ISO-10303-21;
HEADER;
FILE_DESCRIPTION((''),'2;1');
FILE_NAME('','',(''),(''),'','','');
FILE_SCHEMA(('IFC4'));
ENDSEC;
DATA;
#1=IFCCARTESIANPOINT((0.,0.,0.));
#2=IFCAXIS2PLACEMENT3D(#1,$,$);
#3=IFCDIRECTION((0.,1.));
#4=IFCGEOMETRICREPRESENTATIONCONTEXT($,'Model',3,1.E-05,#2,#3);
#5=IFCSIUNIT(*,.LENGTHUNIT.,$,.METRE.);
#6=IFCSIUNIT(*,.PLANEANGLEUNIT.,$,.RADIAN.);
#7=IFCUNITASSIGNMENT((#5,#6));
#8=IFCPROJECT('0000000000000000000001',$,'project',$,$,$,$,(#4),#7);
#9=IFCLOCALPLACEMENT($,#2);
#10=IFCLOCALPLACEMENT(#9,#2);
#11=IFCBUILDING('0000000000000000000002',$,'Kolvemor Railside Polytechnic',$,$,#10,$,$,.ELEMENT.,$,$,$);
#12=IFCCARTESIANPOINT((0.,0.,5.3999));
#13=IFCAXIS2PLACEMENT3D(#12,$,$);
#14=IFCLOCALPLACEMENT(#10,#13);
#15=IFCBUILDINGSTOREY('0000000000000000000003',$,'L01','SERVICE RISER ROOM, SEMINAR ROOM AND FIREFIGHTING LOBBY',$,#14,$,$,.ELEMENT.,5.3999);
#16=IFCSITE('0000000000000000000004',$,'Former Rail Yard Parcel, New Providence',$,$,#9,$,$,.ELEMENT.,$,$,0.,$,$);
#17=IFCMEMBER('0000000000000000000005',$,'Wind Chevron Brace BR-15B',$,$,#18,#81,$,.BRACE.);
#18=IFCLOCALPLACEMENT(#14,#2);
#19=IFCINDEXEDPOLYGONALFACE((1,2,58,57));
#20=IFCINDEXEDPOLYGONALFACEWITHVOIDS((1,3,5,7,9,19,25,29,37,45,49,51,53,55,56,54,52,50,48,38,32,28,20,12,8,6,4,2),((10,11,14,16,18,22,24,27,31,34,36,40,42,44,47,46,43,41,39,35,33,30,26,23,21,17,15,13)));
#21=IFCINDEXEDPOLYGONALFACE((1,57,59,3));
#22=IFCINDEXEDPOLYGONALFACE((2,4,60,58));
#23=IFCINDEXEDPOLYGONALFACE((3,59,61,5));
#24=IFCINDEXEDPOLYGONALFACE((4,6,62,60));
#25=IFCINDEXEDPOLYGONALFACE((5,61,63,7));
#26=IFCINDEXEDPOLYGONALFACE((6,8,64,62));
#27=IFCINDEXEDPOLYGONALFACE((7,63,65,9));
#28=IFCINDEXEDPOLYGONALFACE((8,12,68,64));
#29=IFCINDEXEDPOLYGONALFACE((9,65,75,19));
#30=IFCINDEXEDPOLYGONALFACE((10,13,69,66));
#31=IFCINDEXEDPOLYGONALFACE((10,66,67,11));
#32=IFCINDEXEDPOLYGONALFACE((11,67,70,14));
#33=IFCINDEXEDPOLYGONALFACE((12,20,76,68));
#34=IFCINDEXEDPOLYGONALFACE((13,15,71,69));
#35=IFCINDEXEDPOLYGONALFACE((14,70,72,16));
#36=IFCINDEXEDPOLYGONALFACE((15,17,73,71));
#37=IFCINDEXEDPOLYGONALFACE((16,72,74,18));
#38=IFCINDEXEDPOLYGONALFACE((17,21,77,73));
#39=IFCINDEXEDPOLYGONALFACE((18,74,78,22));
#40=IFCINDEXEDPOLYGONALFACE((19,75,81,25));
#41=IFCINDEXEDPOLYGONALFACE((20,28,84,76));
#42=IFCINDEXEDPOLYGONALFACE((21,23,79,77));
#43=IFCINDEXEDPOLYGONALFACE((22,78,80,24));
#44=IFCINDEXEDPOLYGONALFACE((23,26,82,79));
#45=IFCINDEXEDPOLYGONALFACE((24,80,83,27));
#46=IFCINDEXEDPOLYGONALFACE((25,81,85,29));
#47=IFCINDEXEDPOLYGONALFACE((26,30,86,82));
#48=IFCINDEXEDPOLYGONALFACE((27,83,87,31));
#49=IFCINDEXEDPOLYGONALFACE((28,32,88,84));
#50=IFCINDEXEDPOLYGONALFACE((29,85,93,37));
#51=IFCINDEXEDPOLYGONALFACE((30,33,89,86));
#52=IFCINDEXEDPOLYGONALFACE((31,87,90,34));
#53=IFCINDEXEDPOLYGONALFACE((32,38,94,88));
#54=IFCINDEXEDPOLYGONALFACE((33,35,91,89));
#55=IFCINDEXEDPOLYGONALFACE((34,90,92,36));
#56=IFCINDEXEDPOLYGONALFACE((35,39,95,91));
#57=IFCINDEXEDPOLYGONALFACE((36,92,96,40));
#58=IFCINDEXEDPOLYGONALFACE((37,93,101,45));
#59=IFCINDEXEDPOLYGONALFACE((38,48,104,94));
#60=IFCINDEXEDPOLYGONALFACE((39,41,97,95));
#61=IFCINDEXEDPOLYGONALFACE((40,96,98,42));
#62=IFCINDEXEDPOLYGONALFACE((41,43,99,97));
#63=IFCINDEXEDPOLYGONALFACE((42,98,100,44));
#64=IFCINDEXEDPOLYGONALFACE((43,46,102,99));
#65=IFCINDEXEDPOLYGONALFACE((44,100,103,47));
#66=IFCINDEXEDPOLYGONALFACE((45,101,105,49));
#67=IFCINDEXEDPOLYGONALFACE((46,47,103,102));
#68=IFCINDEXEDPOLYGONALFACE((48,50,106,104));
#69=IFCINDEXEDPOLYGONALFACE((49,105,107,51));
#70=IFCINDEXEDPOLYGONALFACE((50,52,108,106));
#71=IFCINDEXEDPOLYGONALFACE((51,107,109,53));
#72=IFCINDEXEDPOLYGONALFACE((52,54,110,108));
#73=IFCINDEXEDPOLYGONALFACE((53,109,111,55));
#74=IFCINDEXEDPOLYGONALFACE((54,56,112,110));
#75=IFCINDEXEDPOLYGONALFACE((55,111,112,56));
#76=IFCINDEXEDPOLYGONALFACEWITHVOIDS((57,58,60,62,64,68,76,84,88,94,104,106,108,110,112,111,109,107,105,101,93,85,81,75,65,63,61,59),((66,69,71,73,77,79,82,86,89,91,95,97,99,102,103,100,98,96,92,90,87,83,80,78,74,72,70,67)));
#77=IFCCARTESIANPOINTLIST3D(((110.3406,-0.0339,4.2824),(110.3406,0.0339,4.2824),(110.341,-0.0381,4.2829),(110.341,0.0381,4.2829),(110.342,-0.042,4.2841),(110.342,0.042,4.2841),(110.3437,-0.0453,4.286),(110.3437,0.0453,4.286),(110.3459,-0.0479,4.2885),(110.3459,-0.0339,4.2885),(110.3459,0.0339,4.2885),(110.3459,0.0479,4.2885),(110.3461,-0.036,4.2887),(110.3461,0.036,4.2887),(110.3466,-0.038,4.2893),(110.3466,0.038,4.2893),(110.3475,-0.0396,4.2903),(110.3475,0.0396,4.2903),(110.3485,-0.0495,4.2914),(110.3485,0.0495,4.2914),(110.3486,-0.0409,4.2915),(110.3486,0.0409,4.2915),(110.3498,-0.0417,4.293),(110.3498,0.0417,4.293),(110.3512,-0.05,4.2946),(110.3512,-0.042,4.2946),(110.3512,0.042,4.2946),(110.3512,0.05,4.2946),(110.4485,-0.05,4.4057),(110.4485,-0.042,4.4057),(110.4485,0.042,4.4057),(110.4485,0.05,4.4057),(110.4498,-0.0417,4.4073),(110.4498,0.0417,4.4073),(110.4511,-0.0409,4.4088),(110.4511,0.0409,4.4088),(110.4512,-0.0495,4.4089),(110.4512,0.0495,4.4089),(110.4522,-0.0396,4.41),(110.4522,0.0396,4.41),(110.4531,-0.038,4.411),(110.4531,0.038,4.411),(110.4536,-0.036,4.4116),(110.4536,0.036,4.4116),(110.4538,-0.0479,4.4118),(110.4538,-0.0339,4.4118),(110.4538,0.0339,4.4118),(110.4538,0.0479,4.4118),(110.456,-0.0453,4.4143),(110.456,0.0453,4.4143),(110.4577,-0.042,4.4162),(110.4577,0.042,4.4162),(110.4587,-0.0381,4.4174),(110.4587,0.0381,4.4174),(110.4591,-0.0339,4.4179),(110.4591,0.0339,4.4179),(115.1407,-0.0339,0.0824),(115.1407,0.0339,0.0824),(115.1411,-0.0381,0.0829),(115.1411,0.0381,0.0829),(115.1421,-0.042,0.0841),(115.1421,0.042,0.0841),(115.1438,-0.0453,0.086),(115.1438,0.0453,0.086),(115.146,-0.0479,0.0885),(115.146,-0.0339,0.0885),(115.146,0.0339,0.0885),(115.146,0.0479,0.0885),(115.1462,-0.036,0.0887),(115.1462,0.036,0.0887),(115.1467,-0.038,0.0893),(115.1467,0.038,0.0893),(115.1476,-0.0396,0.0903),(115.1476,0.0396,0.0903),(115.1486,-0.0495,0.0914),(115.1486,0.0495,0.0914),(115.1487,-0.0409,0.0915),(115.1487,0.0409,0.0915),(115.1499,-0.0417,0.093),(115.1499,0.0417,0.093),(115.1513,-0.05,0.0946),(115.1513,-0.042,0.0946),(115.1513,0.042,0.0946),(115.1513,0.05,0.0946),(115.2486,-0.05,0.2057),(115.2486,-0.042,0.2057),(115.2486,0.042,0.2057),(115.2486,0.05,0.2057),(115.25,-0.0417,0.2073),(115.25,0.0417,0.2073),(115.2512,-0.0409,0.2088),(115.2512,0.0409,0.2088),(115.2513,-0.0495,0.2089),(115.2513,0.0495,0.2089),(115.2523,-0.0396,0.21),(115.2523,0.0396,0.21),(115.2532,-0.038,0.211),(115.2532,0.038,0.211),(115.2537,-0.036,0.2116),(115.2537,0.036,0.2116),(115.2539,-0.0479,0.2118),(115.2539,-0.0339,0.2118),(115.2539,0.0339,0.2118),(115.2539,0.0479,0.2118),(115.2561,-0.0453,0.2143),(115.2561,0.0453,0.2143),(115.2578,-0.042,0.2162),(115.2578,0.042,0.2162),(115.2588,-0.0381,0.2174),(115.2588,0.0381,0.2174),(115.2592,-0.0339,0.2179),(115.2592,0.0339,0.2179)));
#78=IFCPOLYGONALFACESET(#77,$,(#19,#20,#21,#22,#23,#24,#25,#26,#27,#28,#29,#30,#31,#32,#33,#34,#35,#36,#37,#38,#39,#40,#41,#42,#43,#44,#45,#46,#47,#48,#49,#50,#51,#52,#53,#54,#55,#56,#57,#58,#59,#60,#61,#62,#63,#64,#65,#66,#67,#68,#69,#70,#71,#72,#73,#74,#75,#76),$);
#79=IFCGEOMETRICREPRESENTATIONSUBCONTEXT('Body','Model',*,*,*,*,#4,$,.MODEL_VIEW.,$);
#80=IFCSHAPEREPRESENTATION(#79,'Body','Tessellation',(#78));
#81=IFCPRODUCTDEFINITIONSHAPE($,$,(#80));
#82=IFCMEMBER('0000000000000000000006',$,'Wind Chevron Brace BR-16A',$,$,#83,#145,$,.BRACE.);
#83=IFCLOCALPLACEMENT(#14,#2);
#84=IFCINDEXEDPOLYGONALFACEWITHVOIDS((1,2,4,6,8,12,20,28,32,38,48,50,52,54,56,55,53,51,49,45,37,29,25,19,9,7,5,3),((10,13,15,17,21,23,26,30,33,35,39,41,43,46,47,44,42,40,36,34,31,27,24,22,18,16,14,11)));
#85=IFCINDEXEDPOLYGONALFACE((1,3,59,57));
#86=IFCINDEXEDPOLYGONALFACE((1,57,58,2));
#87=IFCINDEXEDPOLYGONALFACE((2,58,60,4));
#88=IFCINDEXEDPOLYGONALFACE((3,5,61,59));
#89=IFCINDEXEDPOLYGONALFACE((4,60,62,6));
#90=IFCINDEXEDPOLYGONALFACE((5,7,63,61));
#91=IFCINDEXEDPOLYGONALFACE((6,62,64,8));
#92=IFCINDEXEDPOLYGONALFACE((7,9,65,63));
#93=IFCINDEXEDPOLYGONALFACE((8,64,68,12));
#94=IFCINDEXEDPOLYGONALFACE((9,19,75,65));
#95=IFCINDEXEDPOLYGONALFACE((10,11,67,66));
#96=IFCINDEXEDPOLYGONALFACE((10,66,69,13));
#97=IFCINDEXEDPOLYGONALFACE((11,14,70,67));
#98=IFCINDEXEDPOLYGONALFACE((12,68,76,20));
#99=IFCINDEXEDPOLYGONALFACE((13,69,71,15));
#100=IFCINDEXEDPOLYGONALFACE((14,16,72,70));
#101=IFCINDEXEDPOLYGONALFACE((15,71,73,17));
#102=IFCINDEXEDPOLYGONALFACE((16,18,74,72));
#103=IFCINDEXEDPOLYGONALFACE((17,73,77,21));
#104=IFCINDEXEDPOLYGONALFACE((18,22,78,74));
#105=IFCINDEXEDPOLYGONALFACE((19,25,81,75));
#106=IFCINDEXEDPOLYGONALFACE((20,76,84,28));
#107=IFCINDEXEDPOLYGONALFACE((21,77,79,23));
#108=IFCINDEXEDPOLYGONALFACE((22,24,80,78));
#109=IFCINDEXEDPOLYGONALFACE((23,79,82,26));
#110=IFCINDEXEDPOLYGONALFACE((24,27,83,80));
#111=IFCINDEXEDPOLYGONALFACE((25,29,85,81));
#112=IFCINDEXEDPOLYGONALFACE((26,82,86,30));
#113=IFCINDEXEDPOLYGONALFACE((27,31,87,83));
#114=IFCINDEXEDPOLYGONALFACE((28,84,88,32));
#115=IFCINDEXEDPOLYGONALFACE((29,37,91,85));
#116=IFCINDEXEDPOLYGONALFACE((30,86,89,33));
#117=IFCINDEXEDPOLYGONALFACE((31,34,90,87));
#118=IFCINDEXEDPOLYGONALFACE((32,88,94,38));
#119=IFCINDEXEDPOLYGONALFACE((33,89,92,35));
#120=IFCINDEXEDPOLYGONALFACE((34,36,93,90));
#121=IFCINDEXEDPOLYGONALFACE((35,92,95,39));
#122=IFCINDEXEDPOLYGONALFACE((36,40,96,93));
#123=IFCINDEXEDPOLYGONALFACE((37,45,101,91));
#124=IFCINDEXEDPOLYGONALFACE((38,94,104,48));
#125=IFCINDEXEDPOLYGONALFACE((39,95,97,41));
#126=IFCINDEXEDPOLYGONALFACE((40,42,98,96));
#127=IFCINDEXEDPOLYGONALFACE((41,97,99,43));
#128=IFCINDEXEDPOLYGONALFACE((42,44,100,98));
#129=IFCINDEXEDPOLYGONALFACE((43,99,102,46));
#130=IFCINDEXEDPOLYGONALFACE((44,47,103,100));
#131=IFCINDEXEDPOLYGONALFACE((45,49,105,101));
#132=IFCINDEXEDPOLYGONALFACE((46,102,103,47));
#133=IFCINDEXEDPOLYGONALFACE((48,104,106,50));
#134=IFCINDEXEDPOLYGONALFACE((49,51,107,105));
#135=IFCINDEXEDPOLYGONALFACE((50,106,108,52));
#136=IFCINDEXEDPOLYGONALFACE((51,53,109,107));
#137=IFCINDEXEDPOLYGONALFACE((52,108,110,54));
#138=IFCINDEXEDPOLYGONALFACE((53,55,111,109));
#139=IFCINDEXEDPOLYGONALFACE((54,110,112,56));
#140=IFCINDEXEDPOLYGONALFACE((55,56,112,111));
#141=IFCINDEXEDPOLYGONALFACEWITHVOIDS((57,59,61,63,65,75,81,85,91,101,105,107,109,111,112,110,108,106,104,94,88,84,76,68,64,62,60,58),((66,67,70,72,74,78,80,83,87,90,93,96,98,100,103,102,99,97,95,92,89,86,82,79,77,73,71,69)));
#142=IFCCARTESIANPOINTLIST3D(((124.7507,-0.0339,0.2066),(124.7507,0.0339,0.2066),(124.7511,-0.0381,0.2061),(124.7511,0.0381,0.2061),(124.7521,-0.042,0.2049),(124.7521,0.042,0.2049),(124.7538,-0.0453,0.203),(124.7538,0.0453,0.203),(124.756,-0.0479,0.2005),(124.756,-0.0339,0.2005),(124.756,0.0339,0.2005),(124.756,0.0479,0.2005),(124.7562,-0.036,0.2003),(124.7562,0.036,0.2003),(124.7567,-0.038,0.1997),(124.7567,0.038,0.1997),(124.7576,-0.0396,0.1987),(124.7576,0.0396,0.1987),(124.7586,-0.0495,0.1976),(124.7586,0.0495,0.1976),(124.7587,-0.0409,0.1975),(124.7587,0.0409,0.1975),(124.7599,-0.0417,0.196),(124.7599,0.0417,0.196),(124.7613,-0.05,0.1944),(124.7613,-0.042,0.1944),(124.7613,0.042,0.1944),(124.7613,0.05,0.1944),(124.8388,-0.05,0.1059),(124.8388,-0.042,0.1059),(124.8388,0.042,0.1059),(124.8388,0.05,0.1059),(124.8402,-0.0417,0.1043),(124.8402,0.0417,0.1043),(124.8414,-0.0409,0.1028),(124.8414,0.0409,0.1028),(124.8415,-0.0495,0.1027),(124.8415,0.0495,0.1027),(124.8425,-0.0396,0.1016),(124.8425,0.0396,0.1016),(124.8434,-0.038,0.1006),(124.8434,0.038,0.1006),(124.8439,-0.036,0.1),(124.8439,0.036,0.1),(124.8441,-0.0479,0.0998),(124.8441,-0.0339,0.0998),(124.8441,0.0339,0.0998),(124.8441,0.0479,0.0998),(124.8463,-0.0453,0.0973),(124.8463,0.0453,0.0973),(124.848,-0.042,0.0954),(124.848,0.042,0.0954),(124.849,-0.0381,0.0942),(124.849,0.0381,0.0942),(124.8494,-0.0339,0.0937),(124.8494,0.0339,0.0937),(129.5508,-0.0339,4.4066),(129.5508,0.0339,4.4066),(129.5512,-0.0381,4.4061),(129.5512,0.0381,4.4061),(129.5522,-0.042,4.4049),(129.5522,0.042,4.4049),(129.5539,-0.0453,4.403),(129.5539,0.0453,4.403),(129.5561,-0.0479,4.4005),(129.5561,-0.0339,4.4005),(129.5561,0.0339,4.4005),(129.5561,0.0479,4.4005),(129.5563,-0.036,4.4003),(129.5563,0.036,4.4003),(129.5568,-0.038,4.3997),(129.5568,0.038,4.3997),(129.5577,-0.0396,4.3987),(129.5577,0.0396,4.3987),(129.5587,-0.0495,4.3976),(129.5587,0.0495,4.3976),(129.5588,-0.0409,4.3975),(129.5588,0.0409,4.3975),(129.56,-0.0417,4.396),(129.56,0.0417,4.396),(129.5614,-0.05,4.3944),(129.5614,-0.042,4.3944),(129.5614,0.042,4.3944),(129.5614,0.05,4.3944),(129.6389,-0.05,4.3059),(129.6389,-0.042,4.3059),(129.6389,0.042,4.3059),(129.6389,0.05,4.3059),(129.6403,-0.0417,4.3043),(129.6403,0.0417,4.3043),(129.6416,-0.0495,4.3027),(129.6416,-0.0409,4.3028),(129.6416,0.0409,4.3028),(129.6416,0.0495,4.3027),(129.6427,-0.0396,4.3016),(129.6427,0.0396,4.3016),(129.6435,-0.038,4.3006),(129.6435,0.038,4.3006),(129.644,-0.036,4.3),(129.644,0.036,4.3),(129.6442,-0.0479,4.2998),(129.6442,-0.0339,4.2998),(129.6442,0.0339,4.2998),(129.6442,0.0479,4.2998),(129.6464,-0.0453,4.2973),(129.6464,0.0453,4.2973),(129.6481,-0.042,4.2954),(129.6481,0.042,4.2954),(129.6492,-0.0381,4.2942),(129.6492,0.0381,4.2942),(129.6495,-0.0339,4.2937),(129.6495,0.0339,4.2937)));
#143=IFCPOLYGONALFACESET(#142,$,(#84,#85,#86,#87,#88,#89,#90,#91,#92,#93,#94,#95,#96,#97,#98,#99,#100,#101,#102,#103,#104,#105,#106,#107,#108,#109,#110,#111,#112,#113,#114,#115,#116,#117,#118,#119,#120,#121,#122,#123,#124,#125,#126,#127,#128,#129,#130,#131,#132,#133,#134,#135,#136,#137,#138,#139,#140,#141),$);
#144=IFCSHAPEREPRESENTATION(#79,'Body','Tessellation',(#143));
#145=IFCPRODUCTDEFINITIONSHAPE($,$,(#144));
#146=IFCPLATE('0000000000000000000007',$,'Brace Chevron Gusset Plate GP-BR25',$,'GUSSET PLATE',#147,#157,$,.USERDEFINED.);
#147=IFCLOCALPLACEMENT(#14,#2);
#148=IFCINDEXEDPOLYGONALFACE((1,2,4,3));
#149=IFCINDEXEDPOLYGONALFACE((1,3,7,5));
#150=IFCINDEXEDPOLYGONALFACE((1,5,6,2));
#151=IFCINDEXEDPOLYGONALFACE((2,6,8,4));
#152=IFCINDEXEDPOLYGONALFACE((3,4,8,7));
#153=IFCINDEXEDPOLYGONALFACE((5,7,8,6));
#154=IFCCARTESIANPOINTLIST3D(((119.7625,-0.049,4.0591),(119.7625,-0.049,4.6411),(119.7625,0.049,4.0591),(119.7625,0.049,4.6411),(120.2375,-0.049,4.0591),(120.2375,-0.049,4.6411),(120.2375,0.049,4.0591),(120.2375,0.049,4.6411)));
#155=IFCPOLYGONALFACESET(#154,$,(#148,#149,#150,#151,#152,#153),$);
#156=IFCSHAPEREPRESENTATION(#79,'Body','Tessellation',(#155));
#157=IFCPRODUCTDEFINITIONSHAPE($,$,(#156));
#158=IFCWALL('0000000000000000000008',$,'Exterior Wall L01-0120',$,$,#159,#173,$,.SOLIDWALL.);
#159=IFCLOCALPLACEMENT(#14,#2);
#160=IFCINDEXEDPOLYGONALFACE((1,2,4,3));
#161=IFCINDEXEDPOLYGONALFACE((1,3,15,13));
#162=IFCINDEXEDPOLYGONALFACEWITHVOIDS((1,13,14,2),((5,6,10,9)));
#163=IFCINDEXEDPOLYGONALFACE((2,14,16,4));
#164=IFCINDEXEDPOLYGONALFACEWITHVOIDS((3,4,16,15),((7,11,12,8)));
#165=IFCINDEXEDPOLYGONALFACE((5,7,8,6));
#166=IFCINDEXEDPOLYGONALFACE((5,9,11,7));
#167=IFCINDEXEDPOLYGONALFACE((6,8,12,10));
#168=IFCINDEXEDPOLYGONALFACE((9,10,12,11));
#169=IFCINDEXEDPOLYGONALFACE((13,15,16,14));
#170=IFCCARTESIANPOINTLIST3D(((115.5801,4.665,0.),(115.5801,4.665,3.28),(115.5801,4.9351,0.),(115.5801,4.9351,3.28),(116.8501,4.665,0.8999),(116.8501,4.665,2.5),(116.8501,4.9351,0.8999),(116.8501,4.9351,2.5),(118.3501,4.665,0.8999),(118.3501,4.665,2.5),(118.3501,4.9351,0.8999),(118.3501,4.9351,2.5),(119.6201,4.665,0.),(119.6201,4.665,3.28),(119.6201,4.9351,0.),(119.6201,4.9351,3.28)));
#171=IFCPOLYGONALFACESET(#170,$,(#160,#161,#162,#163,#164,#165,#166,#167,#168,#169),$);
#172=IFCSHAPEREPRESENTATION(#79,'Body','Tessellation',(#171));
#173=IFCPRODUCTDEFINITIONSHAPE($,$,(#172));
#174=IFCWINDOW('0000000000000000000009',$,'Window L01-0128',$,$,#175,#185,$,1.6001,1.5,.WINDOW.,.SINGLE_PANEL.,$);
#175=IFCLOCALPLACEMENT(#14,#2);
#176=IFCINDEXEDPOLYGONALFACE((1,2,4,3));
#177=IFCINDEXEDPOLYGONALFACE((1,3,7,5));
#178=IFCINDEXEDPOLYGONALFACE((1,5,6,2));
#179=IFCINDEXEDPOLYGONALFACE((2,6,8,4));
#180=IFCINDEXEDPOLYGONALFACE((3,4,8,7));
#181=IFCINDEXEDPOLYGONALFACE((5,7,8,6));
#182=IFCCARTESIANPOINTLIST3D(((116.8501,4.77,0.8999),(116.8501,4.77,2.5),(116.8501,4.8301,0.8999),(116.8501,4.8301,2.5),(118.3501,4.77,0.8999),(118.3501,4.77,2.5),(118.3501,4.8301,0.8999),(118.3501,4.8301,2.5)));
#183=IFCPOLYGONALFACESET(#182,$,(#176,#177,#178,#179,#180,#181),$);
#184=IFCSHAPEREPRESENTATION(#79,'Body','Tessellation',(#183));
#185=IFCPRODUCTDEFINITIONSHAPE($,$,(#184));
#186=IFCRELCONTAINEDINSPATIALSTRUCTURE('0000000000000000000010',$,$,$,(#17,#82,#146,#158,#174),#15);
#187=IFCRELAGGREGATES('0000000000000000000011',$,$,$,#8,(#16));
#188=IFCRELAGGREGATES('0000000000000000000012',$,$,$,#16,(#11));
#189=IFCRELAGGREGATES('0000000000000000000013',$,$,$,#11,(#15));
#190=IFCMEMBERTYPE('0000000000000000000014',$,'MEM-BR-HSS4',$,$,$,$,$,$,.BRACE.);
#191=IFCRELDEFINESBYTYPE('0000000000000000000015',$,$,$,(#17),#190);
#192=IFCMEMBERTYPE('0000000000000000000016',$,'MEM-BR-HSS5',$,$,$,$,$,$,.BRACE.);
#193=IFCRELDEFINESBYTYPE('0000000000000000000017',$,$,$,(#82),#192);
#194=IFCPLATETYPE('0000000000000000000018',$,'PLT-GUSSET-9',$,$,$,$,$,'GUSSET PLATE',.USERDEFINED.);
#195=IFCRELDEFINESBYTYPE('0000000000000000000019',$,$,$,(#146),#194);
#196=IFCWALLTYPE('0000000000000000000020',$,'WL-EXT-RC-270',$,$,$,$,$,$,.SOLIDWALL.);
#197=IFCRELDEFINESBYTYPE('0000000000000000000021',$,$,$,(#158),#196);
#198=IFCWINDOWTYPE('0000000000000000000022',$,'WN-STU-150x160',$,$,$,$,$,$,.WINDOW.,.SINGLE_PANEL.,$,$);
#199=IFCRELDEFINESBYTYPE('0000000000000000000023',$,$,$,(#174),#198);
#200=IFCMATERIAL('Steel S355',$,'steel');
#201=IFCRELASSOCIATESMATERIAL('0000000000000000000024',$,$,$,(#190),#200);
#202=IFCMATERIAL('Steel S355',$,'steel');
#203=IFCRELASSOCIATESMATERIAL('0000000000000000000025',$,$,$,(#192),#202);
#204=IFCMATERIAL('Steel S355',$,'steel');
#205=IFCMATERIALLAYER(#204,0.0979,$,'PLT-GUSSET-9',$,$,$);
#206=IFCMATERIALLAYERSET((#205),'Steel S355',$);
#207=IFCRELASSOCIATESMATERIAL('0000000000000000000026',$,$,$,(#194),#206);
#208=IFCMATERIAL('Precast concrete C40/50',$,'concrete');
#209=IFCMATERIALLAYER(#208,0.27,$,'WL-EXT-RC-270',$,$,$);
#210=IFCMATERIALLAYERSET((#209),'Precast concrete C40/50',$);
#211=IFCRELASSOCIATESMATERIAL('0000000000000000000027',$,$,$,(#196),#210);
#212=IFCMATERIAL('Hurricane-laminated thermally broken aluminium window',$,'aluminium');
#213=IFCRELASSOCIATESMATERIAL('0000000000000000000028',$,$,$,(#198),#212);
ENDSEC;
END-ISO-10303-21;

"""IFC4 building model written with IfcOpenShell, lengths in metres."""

from ifc_helpers import new_model, si_unit, direction, frame, frame_2d, origin, origin_2d, place, context, subcontext, project, spatial, rectangle, hollow_rectangle, extrude, material, layer, layer_set, material_profile, profile_set, type_object, element, fill, save


model = new_model("IFC4")

# Units and contexts
model_context = context("Model", 3, precision=1e-05, world=origin(), true_north=direction((0.0, 1.0)))
body_context = subcontext(model_context, "Body", "Model", "MODEL_VIEW")
ifc_project = project(units=[si_unit("LENGTHUNIT", "METRE"), si_unit("PLANEANGLEUNIT", "RADIAN")], contexts=[model_context])

# Site, building, storey
site_placement = place(None, origin())
site = spatial("IfcSite", under=ifc_project, at=site_placement, Name="Former Rail Yard Parcel, New Providence", CompositionType="ELEMENT", RefElevation=0.0)
building_placement = place(site_placement, origin())
building = spatial("IfcBuilding", under=site, at=building_placement, Name="Kolvemor Railside Polytechnic", CompositionType="ELEMENT")
storey_placement = place(building_placement, frame((0.0, 0.0, 5.3999)))
storey = spatial("IfcBuildingStorey", under=building, at=storey_placement, Name="L01", Description="SERVICE RISER ROOM, SEMINAR ROOM AND FIREFIGHTING LOBBY", CompositionType="ELEMENT", Elevation=5.3999)

# Members
ifc_material_1 = material(Name="Steel S355", Category="steel")
ifc_material_profile_1 = material_profile(ifc_material_1, hollow_rectangle(XDim=0.1001, YDim=0.1799, WallThickness=0.0081, InnerFilletRadius=0.0081, OuterFilletRadius=0.0161, at=origin_2d()), Name="HSS180x100x8")
ifc_profile_set_1 = profile_set([ifc_material_profile_1], Name="Steel S355")
member_type_1 = type_object("IfcMemberType", Name="MEM-BR-HSS4", PredefinedType="BRACE", material=ifc_profile_set_1)
member_1_placement = place(storey_placement, frame((115.2, 0.0, 0.1501), z_axis=(-0.752584, 0.0, 0.658496), x_axis=(0.0, -1.0, 0.0)))
element("IfcMember", 1, at=member_1_placement, inside=storey, type_object=member_type_1, Name="Wind Chevron Brace BR-15B", PredefinedType="BRACE", context=body_context, shape_type="SweptSolid", body=[
    extrude(hollow_rectangle(XDim=0.1001, YDim=0.1799, WallThickness=0.0081, InnerFilletRadius=0.0081, OuterFilletRadius=0.0161, at=origin_2d()), origin(), (0.0, 0.0, 1.0), 6.3782),
])
ifc_material_2 = material(Name="Steel S355", Category="steel")
ifc_material_profile_2 = material_profile(ifc_material_2, hollow_rectangle(XDim=0.1001, YDim=0.1499, WallThickness=0.0081, InnerFilletRadius=0.0081, OuterFilletRadius=0.0161, at=origin_2d()), Name="HSS150x100x8")
ifc_profile_set_2 = profile_set([ifc_material_profile_2], Name="Steel S355")
member_type_2 = type_object("IfcMemberType", Name="MEM-BR-HSS5", PredefinedType="BRACE", material=ifc_profile_set_2)
member_2_placement = place(storey_placement, frame((124.8, 0.0, 0.1501), z_axis=(0.752584, 0.0, 0.658496), x_axis=(0.0, 1.0, 0.0)))
element("IfcMember", 2, at=member_2_placement, inside=storey, type_object=member_type_2, Name="Wind Chevron Brace BR-16A", PredefinedType="BRACE", context=body_context, shape_type="SweptSolid", body=[
    extrude(hollow_rectangle(XDim=0.1001, YDim=0.1499, WallThickness=0.0081, InnerFilletRadius=0.0081, OuterFilletRadius=0.0161, at=origin_2d()), origin(), (0.0, 0.0, 1.0), 6.3782),
])

# Plate
ifc_material_3 = material(Name="Steel S355", Category="steel")
ifc_layer_1 = layer(ifc_material_3, 0.0979, Name="PLT-GUSSET-9")
ifc_layer_set_1 = layer_set([ifc_layer_1], Name="Steel S355")
plate_type = type_object("IfcPlateType", Name="PLT-GUSSET-9", ElementType="GUSSET PLATE", PredefinedType="USERDEFINED", material=ifc_layer_set_1)
plate_placement = place(storey_placement, frame((120.0, 0.0, 4.0591), z_axis=(0.0, 0.0, 1.0), x_axis=(1.0, 0.0, 0.0)))
element("IfcPlate", 3, at=plate_placement, inside=storey, type_object=plate_type, Name="Brace Chevron Gusset Plate GP-BR25", ObjectType="GUSSET PLATE", PredefinedType="USERDEFINED", context=body_context, shape_type="SweptSolid", body=[
    extrude(rectangle(XDim=0.4751, YDim=0.0979, at=origin_2d()), origin(), (0.0, 0.0, 1.0), 0.582),
])

# Wall, opening, window
ifc_material_4 = material(Name="Precast concrete C40/50", Category="concrete")
ifc_layer_2 = layer(ifc_material_4, 0.27, Name="WL-EXT-RC-270")
ifc_layer_set_2 = layer_set([ifc_layer_2], Name="Precast concrete C40/50")
wall_type = type_object("IfcWallType", Name="WL-EXT-RC-270", PredefinedType="SOLIDWALL", material=ifc_layer_set_2)
wall_1_placement = place(storey_placement, frame((115.5801, 4.8, 0.0), z_axis=(0.0, 0.0, 1.0), x_axis=(1.0, 0.0, 0.0)))
wall_1 = element("IfcWall", 4, at=wall_1_placement, inside=storey, type_object=wall_type, Name="Exterior Wall L01-0120", PredefinedType="SOLIDWALL", context=body_context, shape_type="SweptSolid", body=[
    extrude(rectangle(XDim=4.04, YDim=0.27, at=frame_2d((2.02, 0.0))), origin(), (0.0, 0.0, 1.0), 3.28),
])
opening_1_placement = place(wall_1_placement, frame((1.27, 0.0, 0.8999)))
opening_1 = element("IfcOpeningElement", 5, at=opening_1_placement, cuts=wall_1, PredefinedType="OPENING", context=body_context, shape_type="SweptSolid", body=[
    extrude(rectangle(XDim=1.5, YDim=1.6001, at=frame_2d((0.75, 0.8))), frame((0.0, 0.145, 0.0), z_axis=(0.0, -1.0, 0.0), x_axis=(1.0, 0.0, 0.0)), (0.0, 0.0, 1.0), 0.29),
])
ifc_material_5 = material(Name="Hurricane-laminated thermally broken aluminium window", Category="aluminium")
window_type = type_object("IfcWindowType", Name="WN-STU-150x160", PartitioningType="SINGLE_PANEL", PredefinedType="WINDOW", material=ifc_material_5)
window_1_placement = place(opening_1_placement, origin())
window_1 = element("IfcWindow", 6, at=window_1_placement, inside=storey, type_object=window_type, Name="Window L01-0128", OverallHeight=1.6001, OverallWidth=1.5, PartitioningType="SINGLE_PANEL", PredefinedType="WINDOW", context=body_context, shape_type="SweptSolid", body=[
    extrude(rectangle(XDim=1.5, YDim=1.6001, at=frame_2d((0.75, 0.8))), frame((0.0, 0.03, 0.0), z_axis=(0.0, -1.0, 0.0), x_axis=(1.0, 0.0, 0.0)), (0.0, 0.0, 1.0), 0.0601),
])
fill(opening_1, window_1)

save(model, "model.ifc")
